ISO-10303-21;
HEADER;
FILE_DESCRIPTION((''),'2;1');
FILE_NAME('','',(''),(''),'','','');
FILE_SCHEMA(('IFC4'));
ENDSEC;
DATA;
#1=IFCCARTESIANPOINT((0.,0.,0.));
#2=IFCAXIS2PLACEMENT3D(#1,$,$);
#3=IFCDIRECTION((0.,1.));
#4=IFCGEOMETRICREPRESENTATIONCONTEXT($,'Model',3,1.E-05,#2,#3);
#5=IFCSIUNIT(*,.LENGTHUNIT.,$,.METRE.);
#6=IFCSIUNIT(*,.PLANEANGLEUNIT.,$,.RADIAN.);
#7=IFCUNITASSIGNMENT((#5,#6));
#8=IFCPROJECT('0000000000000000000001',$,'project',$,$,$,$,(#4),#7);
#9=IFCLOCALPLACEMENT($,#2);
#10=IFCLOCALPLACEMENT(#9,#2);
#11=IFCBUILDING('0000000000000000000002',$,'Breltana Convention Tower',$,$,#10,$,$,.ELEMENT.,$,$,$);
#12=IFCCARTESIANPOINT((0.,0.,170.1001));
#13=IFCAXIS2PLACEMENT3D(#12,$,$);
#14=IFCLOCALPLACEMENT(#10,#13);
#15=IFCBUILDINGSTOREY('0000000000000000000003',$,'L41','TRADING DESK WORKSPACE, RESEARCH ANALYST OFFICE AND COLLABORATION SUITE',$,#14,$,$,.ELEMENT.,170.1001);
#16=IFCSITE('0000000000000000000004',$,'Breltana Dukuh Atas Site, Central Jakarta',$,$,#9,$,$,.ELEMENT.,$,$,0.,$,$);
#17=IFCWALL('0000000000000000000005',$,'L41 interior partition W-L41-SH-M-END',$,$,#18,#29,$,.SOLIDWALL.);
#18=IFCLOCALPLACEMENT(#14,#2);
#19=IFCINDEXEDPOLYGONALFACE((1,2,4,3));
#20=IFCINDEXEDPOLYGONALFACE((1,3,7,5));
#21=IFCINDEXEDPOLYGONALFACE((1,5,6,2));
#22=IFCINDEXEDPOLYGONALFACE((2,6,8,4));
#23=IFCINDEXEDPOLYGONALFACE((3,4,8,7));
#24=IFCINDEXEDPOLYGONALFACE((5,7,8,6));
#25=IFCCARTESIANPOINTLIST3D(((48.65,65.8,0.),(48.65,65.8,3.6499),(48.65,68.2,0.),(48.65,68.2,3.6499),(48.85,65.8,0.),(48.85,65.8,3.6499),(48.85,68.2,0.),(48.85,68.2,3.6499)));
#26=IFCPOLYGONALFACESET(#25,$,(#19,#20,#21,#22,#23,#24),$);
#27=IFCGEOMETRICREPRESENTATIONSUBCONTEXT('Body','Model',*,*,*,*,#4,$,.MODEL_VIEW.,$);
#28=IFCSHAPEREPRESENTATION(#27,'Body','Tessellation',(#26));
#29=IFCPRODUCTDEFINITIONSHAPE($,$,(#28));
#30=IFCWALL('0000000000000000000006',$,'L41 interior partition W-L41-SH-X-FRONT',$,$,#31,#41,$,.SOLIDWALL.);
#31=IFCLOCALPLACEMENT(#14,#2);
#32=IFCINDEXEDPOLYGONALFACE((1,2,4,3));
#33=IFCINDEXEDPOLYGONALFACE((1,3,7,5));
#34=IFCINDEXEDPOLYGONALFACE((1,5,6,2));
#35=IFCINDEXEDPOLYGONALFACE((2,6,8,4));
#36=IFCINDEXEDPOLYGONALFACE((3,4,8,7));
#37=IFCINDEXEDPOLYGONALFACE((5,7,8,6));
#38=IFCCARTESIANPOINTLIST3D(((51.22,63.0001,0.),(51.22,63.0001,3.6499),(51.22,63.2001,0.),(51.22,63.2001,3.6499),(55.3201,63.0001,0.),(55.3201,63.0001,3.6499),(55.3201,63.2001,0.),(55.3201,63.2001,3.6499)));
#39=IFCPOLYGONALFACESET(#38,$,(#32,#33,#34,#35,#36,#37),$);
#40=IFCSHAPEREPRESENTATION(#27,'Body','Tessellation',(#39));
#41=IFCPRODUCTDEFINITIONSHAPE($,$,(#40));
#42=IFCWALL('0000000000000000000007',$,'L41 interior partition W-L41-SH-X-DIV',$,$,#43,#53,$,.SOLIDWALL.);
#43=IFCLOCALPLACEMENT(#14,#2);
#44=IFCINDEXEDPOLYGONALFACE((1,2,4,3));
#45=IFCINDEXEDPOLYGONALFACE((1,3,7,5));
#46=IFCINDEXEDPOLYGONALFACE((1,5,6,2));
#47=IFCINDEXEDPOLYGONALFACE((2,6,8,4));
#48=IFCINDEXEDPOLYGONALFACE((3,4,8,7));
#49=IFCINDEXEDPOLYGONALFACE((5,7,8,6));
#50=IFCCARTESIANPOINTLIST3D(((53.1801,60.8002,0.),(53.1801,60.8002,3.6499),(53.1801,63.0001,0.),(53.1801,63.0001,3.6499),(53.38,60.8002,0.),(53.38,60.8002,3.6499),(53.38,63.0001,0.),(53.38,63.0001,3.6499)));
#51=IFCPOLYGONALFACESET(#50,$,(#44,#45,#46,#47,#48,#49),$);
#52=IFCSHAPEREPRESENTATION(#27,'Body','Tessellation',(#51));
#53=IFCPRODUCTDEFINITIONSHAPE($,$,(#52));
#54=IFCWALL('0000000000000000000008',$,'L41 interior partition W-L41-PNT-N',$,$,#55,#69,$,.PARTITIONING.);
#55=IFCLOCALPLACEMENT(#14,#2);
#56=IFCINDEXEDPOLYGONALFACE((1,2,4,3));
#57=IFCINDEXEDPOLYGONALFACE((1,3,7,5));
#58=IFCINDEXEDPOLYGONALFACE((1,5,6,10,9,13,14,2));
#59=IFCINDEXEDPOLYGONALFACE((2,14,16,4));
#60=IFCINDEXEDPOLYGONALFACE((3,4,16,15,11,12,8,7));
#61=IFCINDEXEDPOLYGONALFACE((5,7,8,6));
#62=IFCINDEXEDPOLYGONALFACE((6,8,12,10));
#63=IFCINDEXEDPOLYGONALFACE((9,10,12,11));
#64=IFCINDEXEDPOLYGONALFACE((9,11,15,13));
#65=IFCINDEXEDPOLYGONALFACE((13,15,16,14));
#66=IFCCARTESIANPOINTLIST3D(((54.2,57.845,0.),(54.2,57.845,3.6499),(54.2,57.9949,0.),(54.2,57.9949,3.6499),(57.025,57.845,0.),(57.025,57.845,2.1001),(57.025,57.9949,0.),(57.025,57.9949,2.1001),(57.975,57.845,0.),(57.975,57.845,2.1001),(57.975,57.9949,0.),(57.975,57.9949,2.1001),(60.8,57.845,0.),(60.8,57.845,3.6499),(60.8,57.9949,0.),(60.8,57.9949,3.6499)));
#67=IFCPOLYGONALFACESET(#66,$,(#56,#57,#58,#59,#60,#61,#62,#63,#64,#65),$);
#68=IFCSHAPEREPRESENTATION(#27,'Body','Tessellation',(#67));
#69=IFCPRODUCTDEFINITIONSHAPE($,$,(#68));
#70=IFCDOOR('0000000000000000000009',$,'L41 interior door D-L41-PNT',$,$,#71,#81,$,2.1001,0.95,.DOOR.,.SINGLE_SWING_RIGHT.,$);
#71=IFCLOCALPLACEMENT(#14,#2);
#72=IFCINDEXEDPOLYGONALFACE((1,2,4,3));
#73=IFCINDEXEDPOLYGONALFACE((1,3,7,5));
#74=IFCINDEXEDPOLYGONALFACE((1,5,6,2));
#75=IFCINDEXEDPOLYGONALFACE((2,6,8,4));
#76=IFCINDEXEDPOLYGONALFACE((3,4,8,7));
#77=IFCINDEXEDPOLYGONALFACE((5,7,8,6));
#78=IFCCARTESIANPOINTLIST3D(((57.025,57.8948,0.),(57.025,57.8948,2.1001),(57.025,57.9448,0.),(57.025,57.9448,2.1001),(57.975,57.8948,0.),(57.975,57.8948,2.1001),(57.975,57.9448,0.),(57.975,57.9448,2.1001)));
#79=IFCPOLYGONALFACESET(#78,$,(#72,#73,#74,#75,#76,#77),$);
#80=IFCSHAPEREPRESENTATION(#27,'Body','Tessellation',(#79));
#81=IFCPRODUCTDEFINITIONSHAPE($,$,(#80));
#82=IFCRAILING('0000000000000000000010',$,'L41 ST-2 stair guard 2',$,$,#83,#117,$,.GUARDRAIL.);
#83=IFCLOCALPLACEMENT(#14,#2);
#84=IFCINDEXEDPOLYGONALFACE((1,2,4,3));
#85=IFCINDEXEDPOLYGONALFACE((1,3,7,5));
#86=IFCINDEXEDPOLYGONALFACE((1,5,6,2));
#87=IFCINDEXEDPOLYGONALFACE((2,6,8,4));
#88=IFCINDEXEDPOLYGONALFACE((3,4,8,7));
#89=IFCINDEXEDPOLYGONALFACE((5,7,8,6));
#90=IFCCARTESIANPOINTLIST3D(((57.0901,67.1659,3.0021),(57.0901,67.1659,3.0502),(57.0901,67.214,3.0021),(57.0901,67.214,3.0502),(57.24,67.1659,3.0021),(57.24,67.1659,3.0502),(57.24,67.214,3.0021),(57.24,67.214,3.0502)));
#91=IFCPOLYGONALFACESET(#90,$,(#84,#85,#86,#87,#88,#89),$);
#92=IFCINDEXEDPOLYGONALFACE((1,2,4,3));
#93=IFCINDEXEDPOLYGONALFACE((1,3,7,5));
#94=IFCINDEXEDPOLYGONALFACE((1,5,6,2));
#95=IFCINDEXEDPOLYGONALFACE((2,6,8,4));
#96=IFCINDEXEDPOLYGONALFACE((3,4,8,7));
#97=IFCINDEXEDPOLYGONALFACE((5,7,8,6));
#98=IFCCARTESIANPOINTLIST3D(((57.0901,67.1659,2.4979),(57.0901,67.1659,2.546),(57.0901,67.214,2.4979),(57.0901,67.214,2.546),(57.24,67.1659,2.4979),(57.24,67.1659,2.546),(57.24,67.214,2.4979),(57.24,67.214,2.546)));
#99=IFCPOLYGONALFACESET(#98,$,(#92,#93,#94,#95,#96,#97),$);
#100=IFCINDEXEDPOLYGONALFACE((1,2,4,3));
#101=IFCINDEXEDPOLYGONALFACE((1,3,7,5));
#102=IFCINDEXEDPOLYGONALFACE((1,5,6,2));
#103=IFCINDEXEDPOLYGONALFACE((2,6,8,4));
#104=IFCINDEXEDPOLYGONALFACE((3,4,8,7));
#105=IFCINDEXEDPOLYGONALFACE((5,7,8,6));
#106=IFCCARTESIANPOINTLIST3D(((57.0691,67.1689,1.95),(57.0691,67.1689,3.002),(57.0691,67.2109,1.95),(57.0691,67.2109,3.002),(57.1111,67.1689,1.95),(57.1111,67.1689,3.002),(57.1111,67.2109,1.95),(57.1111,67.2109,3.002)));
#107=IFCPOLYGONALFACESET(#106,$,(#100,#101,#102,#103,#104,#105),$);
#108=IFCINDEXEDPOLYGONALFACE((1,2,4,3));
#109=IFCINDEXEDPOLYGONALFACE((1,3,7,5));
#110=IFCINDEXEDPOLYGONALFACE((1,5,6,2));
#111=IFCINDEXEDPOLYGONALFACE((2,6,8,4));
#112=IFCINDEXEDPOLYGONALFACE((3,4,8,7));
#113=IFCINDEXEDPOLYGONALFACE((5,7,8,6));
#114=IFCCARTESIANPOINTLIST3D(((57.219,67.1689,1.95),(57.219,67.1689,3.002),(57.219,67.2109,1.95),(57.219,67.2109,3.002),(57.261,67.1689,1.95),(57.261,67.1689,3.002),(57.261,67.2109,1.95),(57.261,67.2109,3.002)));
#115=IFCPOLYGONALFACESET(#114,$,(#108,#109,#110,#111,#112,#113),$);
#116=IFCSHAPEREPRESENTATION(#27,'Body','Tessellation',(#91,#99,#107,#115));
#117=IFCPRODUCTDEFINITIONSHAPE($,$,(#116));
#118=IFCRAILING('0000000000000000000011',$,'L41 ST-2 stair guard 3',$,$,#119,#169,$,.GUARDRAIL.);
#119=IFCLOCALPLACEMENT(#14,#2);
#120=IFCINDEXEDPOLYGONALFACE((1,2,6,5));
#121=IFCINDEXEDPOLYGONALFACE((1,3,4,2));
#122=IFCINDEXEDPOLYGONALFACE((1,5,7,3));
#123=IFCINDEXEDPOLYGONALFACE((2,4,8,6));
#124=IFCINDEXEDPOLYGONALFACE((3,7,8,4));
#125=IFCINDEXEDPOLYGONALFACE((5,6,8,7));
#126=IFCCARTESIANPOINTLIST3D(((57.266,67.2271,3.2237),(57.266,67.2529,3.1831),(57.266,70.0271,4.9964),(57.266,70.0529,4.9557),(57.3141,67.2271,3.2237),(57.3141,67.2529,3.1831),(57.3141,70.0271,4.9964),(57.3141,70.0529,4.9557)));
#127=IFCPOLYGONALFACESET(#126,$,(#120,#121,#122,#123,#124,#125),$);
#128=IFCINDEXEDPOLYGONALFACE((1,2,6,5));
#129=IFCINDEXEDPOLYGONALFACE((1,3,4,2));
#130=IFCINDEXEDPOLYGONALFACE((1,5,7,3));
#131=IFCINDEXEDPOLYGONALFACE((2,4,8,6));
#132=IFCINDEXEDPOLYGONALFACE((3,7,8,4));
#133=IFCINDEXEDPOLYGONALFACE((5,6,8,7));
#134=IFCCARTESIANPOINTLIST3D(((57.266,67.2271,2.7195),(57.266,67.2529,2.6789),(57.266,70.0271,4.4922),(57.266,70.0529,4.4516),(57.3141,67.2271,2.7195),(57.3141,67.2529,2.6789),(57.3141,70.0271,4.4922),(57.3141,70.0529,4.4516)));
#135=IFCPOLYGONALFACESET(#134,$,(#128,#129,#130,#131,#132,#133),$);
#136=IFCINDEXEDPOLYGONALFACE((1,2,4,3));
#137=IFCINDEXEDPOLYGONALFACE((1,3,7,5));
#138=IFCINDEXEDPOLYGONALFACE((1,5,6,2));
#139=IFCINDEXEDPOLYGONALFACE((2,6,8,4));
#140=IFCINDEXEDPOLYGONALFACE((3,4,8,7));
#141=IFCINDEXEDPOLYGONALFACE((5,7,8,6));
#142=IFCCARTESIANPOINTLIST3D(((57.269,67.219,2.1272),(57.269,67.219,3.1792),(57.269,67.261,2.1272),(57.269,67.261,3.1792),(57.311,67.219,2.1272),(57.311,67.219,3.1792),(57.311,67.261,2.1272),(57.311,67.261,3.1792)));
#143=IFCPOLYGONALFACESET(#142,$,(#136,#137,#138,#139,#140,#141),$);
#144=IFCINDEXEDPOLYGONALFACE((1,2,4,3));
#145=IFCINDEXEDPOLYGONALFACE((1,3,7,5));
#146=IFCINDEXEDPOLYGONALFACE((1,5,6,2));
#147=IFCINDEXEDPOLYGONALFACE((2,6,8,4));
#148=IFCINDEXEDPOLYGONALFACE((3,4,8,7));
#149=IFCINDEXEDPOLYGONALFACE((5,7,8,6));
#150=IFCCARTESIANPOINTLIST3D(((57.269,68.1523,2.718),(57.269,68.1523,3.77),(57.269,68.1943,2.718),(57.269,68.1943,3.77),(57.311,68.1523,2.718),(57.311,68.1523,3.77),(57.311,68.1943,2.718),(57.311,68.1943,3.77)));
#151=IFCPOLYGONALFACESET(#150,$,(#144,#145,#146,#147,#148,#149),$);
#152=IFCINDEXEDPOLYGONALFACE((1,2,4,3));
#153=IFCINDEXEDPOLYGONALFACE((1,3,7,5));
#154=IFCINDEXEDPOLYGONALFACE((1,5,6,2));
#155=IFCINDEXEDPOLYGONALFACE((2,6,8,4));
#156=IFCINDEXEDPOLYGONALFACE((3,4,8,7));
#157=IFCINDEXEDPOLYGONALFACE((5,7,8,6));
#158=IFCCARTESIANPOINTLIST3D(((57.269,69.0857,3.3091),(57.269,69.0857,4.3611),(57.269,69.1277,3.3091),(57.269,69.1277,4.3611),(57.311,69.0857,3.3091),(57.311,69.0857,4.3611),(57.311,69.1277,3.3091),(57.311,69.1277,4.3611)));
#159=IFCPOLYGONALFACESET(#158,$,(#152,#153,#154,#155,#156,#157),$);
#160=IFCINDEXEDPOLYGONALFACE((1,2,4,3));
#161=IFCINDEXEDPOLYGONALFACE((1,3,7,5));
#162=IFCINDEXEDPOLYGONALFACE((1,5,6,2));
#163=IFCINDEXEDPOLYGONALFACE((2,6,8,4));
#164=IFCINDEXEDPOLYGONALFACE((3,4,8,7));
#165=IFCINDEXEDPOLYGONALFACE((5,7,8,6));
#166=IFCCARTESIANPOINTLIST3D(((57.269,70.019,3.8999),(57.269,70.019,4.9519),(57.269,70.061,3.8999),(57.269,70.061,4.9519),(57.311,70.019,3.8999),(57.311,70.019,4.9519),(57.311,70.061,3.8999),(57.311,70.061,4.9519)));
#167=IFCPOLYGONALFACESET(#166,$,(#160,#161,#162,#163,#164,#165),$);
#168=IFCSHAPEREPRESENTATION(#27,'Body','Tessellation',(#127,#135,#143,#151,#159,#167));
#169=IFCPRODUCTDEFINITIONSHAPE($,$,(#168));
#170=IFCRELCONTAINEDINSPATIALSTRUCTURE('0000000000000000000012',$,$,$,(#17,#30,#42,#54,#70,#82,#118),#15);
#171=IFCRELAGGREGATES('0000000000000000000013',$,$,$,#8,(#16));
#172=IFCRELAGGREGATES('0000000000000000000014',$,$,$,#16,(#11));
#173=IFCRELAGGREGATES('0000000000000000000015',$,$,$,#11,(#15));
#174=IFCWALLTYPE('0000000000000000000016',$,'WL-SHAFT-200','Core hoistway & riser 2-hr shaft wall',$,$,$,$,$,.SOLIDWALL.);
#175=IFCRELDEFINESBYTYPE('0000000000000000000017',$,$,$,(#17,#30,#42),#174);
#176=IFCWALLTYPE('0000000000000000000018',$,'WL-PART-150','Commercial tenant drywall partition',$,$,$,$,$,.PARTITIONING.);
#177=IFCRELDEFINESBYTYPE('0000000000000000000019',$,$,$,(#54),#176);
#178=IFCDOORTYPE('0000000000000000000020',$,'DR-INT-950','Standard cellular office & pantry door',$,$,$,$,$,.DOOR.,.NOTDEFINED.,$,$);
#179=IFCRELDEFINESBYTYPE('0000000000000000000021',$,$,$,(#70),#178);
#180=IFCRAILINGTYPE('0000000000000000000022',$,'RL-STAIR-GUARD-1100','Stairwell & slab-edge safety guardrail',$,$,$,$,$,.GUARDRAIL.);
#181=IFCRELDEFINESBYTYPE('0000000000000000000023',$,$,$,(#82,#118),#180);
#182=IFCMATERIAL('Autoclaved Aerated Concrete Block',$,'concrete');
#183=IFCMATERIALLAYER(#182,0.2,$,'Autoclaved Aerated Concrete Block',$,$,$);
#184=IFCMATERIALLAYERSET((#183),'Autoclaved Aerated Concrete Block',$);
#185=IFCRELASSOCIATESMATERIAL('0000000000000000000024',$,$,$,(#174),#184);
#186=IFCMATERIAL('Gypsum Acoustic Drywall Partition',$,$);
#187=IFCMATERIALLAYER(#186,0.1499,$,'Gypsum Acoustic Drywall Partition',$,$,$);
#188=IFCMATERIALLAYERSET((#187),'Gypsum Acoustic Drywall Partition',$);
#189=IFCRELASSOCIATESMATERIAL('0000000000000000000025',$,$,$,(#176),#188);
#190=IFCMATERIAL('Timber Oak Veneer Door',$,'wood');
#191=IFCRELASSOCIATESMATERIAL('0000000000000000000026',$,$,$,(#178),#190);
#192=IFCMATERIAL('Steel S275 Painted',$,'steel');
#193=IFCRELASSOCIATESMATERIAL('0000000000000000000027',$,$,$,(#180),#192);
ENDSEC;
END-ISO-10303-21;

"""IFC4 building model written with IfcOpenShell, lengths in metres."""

from ifc_helpers import new_model, si_unit, direction, frame, frame_2d, origin, origin_2d, place, context, subcontext, project, spatial, rectangle, extrude, source, transform, mapped, material, layer, layer_set, type_object, type_shapes, element, fill, save


model = new_model("IFC4")

# Units and contexts
model_context = context("Model", 3, precision=1e-05, world=origin(), true_north=direction((0.0, 1.0)))
body_context = subcontext(model_context, "Body", "Model", "MODEL_VIEW")
ifc_project = project(units=[si_unit("LENGTHUNIT", "METRE"), si_unit("PLANEANGLEUNIT", "RADIAN")], contexts=[model_context])

# Site, building, storey
site_placement = place(None, origin())
site = spatial("IfcSite", under=ifc_project, at=site_placement, Name="Breltana Dukuh Atas Site, Central Jakarta", CompositionType="ELEMENT", RefElevation=0.0)
building_placement = place(site_placement, origin())
building = spatial("IfcBuilding", under=site, at=building_placement, Name="Breltana Convention Tower", CompositionType="ELEMENT")
storey_placement = place(building_placement, frame((0.0, 0.0, 170.1001)))
storey = spatial("IfcBuildingStorey", under=building, at=storey_placement, Name="L41", Description="TRADING DESK WORKSPACE, RESEARCH ANALYST OFFICE AND COLLABORATION SUITE", CompositionType="ELEMENT", Elevation=170.1001)

# Walls
ifc_material_1 = material(Name="Autoclaved Aerated Concrete Block", Category="concrete")
ifc_layer_1 = layer(ifc_material_1, 0.2, Name="Autoclaved Aerated Concrete Block")
ifc_layer_set_1 = layer_set([ifc_layer_1], Name="Autoclaved Aerated Concrete Block")
wall_type_1 = type_object("IfcWallType", Name="WL-SHAFT-200", Description="Core hoistway & riser 2-hr shaft wall", PredefinedType="SOLIDWALL", material=ifc_layer_set_1)
shared_shape_1 = source(origin(), body_context, "Body", "SweptSolid", [
    extrude(rectangle(XDim=2.3999, YDim=0.2, at=frame_2d((1.2, 0.0))), origin(), (0.0, 0.0, 1.0), 3.6499),
])
for number, where, z_axis, x_axis, name in (
    (1, (48.75, 65.8, 0.0), (0.0, 0.0, 1.0), (0.0, 1.0, 0.0), "L41 interior partition W-L41-SH-M-END"),
):
    element("IfcWall", number, at=place(storey_placement, frame(where, z_axis=z_axis, x_axis=x_axis)), inside=storey, type_object=wall_type_1, Name=name, PredefinedType="SOLIDWALL", context=body_context, shape_type="MappedRepresentation", body=[
        mapped(shared_shape_1, transform((0.0, 0.0, 0.0), scale=1.0)),
    ])
shared_shape_2 = source(origin(), body_context, "Body", "SweptSolid", [
    extrude(rectangle(XDim=4.1001, YDim=0.2, at=frame_2d((2.05, 0.0))), origin(), (0.0, 0.0, 1.0), 3.6499),
])
wall_1_placement = place(storey_placement, frame((51.22, 63.1001, 0.0), z_axis=(0.0, 0.0, 1.0), x_axis=(1.0, 0.0, 0.0)))
element("IfcWall", 2, at=wall_1_placement, inside=storey, type_object=wall_type_1, Name="L41 interior partition W-L41-SH-X-FRONT", PredefinedType="SOLIDWALL", context=body_context, shape_type="MappedRepresentation", body=[
    mapped(shared_shape_2, transform((0.0, 0.0, 0.0), scale=1.0)),
])
shared_shape_3 = source(origin(), body_context, "Body", "SweptSolid", [
    extrude(rectangle(XDim=2.2, YDim=0.2, at=frame_2d((1.1001, 0.0))), origin(), (0.0, 0.0, 1.0), 3.6499),
])
wall_2_placement = place(storey_placement, frame((53.28, 60.8, 0.0), z_axis=(0.0, 0.0, 1.0), x_axis=(0.0, 1.0, 0.0)))
element("IfcWall", 3, at=wall_2_placement, inside=storey, type_object=wall_type_1, Name="L41 interior partition W-L41-SH-X-DIV", PredefinedType="SOLIDWALL", context=body_context, shape_type="MappedRepresentation", body=[
    mapped(shared_shape_3, transform((0.0, 0.0, 0.0), scale=1.0)),
])

# Wall, opening, door
ifc_material_2 = material(Name="Gypsum Acoustic Drywall Partition")
ifc_layer_2 = layer(ifc_material_2, 0.1499, Name="Gypsum Acoustic Drywall Partition")
ifc_layer_set_2 = layer_set([ifc_layer_2], Name="Gypsum Acoustic Drywall Partition")
wall_type_2 = type_object("IfcWallType", Name="WL-PART-150", Description="Commercial tenant drywall partition", PredefinedType="PARTITIONING", material=ifc_layer_set_2)
shared_shape_4 = source(origin(), body_context, "Body", "SweptSolid", [
    extrude(rectangle(XDim=6.6001, YDim=0.1499, at=frame_2d((3.3, 0.0))), origin(), (0.0, 0.0, 1.0), 3.6499),
])
wall_3_placement = place(storey_placement, frame((54.2, 57.9199, 0.0), z_axis=(0.0, 0.0, 1.0), x_axis=(1.0, 0.0, 0.0)))
wall_3 = element("IfcWall", 4, at=wall_3_placement, inside=storey, type_object=wall_type_2, Name="L41 interior partition W-L41-PNT-N", PredefinedType="PARTITIONING", context=body_context, shape_type="MappedRepresentation", body=[
    mapped(shared_shape_4, transform((0.0, 0.0, 0.0), scale=1.0)),
])
opening_1_placement = place(wall_3_placement, frame((2.825, 0.0, 0.0)))
opening_1 = element("IfcOpeningElement", 5, at=opening_1_placement, cuts=wall_3, PredefinedType="OPENING", context=body_context, shape_type="SweptSolid", body=[
    extrude(rectangle(XDim=0.95, YDim=2.1001, at=frame_2d((0.4751, 1.05))), frame((0.0, 0.085, 0.0), z_axis=(0.0, -1.0, 0.0), x_axis=(1.0, 0.0, 0.0)), (0.0, 0.0, 1.0), 0.1699),
])
ifc_material_3 = material(Name="Timber Oak Veneer Door", Category="wood")
door_type_1 = type_object("IfcDoorType", Name="DR-INT-950", Description="Standard cellular office & pantry door", OperationType="NOTDEFINED", PredefinedType="DOOR", material=ifc_material_3)
shared_shape_5 = source(origin(), body_context, "Body", "SweptSolid", [
    extrude(rectangle(XDim=0.95, YDim=2.1001, at=frame_2d((0.4751, 1.05))), frame((0.0, 0.0249, 0.0), z_axis=(0.0, -1.0, 0.0), x_axis=(1.0, 0.0, 0.0)), (0.0, 0.0, 1.0), 0.05),
])
type_shapes(door_type_1, [shared_shape_5])
door_1_placement = place(opening_1_placement, origin())
door_1 = element("IfcDoor", 6, at=door_1_placement, inside=storey, type_object=door_type_1, Name="L41 interior door D-L41-PNT", OperationType="SINGLE_SWING_RIGHT", OverallHeight=2.1001, OverallWidth=0.95, PredefinedType="DOOR", context=body_context, shape_type="MappedRepresentation", body=[
    mapped(shared_shape_5, transform((0.0, 0.0, 0.0), scale=1.0)),
])
fill(opening_1, door_1)

# Railings
ifc_material_4 = material(Name="Steel S275 Painted", Category="steel")
railing_type = type_object("IfcRailingType", Name="RL-STAIR-GUARD-1100", Description="Stairwell & slab-edge safety guardrail", PredefinedType="GUARDRAIL", material=ifc_material_4)
railing_1_placement = place(storey_placement, frame((57.0901, 67.1899, 1.95)))
element("IfcRailing", 7, at=railing_1_placement, inside=storey, type_object=railing_type, Name="L41 ST-2 stair guard 2", PredefinedType="GUARDRAIL", context=body_context, shape_type="SweptSolid", body=[
    extrude(rectangle(XDim=0.0481, YDim=0.0481, at=origin_2d()), frame((0.0, 0.0, 1.0762), z_axis=(1.0, 0.0, 0.0), x_axis=(0.0, 1.0, 0.0)), (0.0, 0.0, 1.0), 0.1499),
    extrude(rectangle(XDim=0.0481, YDim=0.0481, at=origin_2d()), frame((0.0, 0.0, 0.572), z_axis=(1.0, 0.0, 0.0), x_axis=(0.0, 1.0, 0.0)), (0.0, 0.0, 1.0), 0.1499),
    extrude(rectangle(XDim=0.042, YDim=0.042, at=origin_2d()), origin(), (0.0, 0.0, 1.0), 1.052),
    extrude(rectangle(XDim=0.042, YDim=0.042, at=origin_2d()), frame((0.1499, 0.0, 0.0)), (0.0, 0.0, 1.0), 1.052),
])
railing_2_placement = place(storey_placement, frame((57.29, 67.24, 2.1272)))
element("IfcRailing", 8, at=railing_2_placement, inside=storey, type_object=railing_type, Name="L41 ST-2 stair guard 3", PredefinedType="GUARDRAIL", context=body_context, shape_type="SweptSolid", body=[
    extrude(rectangle(XDim=0.0481, YDim=0.0481, at=origin_2d()), frame((0.0, 0.0, 1.0762), z_axis=(0.0, 0.844909, 0.53491), x_axis=(-1.0, 0.0, 0.0)), (0.0, 0.0, 1.0), 3.314),
    extrude(rectangle(XDim=0.0481, YDim=0.0481, at=origin_2d()), frame((0.0, 0.0, 0.572), z_axis=(0.0, 0.844909, 0.53491), x_axis=(-1.0, 0.0, 0.0)), (0.0, 0.0, 1.0), 3.314),
    extrude(rectangle(XDim=0.042, YDim=0.042, at=origin_2d()), origin(), (0.0, 0.0, 1.0), 1.052),
    extrude(rectangle(XDim=0.042, YDim=0.042, at=origin_2d()), frame((0.0, 0.9333, 0.5908)), (0.0, 0.0, 1.0), 1.052),
    extrude(rectangle(XDim=0.042, YDim=0.042, at=origin_2d()), frame((0.0, 1.8667, 1.1819)), (0.0, 0.0, 1.0), 1.052),
    extrude(rectangle(XDim=0.042, YDim=0.042, at=origin_2d()), frame((0.0, 2.8, 1.7727)), (0.0, 0.0, 1.0), 1.052),
])

save(model, "model.ifc")
